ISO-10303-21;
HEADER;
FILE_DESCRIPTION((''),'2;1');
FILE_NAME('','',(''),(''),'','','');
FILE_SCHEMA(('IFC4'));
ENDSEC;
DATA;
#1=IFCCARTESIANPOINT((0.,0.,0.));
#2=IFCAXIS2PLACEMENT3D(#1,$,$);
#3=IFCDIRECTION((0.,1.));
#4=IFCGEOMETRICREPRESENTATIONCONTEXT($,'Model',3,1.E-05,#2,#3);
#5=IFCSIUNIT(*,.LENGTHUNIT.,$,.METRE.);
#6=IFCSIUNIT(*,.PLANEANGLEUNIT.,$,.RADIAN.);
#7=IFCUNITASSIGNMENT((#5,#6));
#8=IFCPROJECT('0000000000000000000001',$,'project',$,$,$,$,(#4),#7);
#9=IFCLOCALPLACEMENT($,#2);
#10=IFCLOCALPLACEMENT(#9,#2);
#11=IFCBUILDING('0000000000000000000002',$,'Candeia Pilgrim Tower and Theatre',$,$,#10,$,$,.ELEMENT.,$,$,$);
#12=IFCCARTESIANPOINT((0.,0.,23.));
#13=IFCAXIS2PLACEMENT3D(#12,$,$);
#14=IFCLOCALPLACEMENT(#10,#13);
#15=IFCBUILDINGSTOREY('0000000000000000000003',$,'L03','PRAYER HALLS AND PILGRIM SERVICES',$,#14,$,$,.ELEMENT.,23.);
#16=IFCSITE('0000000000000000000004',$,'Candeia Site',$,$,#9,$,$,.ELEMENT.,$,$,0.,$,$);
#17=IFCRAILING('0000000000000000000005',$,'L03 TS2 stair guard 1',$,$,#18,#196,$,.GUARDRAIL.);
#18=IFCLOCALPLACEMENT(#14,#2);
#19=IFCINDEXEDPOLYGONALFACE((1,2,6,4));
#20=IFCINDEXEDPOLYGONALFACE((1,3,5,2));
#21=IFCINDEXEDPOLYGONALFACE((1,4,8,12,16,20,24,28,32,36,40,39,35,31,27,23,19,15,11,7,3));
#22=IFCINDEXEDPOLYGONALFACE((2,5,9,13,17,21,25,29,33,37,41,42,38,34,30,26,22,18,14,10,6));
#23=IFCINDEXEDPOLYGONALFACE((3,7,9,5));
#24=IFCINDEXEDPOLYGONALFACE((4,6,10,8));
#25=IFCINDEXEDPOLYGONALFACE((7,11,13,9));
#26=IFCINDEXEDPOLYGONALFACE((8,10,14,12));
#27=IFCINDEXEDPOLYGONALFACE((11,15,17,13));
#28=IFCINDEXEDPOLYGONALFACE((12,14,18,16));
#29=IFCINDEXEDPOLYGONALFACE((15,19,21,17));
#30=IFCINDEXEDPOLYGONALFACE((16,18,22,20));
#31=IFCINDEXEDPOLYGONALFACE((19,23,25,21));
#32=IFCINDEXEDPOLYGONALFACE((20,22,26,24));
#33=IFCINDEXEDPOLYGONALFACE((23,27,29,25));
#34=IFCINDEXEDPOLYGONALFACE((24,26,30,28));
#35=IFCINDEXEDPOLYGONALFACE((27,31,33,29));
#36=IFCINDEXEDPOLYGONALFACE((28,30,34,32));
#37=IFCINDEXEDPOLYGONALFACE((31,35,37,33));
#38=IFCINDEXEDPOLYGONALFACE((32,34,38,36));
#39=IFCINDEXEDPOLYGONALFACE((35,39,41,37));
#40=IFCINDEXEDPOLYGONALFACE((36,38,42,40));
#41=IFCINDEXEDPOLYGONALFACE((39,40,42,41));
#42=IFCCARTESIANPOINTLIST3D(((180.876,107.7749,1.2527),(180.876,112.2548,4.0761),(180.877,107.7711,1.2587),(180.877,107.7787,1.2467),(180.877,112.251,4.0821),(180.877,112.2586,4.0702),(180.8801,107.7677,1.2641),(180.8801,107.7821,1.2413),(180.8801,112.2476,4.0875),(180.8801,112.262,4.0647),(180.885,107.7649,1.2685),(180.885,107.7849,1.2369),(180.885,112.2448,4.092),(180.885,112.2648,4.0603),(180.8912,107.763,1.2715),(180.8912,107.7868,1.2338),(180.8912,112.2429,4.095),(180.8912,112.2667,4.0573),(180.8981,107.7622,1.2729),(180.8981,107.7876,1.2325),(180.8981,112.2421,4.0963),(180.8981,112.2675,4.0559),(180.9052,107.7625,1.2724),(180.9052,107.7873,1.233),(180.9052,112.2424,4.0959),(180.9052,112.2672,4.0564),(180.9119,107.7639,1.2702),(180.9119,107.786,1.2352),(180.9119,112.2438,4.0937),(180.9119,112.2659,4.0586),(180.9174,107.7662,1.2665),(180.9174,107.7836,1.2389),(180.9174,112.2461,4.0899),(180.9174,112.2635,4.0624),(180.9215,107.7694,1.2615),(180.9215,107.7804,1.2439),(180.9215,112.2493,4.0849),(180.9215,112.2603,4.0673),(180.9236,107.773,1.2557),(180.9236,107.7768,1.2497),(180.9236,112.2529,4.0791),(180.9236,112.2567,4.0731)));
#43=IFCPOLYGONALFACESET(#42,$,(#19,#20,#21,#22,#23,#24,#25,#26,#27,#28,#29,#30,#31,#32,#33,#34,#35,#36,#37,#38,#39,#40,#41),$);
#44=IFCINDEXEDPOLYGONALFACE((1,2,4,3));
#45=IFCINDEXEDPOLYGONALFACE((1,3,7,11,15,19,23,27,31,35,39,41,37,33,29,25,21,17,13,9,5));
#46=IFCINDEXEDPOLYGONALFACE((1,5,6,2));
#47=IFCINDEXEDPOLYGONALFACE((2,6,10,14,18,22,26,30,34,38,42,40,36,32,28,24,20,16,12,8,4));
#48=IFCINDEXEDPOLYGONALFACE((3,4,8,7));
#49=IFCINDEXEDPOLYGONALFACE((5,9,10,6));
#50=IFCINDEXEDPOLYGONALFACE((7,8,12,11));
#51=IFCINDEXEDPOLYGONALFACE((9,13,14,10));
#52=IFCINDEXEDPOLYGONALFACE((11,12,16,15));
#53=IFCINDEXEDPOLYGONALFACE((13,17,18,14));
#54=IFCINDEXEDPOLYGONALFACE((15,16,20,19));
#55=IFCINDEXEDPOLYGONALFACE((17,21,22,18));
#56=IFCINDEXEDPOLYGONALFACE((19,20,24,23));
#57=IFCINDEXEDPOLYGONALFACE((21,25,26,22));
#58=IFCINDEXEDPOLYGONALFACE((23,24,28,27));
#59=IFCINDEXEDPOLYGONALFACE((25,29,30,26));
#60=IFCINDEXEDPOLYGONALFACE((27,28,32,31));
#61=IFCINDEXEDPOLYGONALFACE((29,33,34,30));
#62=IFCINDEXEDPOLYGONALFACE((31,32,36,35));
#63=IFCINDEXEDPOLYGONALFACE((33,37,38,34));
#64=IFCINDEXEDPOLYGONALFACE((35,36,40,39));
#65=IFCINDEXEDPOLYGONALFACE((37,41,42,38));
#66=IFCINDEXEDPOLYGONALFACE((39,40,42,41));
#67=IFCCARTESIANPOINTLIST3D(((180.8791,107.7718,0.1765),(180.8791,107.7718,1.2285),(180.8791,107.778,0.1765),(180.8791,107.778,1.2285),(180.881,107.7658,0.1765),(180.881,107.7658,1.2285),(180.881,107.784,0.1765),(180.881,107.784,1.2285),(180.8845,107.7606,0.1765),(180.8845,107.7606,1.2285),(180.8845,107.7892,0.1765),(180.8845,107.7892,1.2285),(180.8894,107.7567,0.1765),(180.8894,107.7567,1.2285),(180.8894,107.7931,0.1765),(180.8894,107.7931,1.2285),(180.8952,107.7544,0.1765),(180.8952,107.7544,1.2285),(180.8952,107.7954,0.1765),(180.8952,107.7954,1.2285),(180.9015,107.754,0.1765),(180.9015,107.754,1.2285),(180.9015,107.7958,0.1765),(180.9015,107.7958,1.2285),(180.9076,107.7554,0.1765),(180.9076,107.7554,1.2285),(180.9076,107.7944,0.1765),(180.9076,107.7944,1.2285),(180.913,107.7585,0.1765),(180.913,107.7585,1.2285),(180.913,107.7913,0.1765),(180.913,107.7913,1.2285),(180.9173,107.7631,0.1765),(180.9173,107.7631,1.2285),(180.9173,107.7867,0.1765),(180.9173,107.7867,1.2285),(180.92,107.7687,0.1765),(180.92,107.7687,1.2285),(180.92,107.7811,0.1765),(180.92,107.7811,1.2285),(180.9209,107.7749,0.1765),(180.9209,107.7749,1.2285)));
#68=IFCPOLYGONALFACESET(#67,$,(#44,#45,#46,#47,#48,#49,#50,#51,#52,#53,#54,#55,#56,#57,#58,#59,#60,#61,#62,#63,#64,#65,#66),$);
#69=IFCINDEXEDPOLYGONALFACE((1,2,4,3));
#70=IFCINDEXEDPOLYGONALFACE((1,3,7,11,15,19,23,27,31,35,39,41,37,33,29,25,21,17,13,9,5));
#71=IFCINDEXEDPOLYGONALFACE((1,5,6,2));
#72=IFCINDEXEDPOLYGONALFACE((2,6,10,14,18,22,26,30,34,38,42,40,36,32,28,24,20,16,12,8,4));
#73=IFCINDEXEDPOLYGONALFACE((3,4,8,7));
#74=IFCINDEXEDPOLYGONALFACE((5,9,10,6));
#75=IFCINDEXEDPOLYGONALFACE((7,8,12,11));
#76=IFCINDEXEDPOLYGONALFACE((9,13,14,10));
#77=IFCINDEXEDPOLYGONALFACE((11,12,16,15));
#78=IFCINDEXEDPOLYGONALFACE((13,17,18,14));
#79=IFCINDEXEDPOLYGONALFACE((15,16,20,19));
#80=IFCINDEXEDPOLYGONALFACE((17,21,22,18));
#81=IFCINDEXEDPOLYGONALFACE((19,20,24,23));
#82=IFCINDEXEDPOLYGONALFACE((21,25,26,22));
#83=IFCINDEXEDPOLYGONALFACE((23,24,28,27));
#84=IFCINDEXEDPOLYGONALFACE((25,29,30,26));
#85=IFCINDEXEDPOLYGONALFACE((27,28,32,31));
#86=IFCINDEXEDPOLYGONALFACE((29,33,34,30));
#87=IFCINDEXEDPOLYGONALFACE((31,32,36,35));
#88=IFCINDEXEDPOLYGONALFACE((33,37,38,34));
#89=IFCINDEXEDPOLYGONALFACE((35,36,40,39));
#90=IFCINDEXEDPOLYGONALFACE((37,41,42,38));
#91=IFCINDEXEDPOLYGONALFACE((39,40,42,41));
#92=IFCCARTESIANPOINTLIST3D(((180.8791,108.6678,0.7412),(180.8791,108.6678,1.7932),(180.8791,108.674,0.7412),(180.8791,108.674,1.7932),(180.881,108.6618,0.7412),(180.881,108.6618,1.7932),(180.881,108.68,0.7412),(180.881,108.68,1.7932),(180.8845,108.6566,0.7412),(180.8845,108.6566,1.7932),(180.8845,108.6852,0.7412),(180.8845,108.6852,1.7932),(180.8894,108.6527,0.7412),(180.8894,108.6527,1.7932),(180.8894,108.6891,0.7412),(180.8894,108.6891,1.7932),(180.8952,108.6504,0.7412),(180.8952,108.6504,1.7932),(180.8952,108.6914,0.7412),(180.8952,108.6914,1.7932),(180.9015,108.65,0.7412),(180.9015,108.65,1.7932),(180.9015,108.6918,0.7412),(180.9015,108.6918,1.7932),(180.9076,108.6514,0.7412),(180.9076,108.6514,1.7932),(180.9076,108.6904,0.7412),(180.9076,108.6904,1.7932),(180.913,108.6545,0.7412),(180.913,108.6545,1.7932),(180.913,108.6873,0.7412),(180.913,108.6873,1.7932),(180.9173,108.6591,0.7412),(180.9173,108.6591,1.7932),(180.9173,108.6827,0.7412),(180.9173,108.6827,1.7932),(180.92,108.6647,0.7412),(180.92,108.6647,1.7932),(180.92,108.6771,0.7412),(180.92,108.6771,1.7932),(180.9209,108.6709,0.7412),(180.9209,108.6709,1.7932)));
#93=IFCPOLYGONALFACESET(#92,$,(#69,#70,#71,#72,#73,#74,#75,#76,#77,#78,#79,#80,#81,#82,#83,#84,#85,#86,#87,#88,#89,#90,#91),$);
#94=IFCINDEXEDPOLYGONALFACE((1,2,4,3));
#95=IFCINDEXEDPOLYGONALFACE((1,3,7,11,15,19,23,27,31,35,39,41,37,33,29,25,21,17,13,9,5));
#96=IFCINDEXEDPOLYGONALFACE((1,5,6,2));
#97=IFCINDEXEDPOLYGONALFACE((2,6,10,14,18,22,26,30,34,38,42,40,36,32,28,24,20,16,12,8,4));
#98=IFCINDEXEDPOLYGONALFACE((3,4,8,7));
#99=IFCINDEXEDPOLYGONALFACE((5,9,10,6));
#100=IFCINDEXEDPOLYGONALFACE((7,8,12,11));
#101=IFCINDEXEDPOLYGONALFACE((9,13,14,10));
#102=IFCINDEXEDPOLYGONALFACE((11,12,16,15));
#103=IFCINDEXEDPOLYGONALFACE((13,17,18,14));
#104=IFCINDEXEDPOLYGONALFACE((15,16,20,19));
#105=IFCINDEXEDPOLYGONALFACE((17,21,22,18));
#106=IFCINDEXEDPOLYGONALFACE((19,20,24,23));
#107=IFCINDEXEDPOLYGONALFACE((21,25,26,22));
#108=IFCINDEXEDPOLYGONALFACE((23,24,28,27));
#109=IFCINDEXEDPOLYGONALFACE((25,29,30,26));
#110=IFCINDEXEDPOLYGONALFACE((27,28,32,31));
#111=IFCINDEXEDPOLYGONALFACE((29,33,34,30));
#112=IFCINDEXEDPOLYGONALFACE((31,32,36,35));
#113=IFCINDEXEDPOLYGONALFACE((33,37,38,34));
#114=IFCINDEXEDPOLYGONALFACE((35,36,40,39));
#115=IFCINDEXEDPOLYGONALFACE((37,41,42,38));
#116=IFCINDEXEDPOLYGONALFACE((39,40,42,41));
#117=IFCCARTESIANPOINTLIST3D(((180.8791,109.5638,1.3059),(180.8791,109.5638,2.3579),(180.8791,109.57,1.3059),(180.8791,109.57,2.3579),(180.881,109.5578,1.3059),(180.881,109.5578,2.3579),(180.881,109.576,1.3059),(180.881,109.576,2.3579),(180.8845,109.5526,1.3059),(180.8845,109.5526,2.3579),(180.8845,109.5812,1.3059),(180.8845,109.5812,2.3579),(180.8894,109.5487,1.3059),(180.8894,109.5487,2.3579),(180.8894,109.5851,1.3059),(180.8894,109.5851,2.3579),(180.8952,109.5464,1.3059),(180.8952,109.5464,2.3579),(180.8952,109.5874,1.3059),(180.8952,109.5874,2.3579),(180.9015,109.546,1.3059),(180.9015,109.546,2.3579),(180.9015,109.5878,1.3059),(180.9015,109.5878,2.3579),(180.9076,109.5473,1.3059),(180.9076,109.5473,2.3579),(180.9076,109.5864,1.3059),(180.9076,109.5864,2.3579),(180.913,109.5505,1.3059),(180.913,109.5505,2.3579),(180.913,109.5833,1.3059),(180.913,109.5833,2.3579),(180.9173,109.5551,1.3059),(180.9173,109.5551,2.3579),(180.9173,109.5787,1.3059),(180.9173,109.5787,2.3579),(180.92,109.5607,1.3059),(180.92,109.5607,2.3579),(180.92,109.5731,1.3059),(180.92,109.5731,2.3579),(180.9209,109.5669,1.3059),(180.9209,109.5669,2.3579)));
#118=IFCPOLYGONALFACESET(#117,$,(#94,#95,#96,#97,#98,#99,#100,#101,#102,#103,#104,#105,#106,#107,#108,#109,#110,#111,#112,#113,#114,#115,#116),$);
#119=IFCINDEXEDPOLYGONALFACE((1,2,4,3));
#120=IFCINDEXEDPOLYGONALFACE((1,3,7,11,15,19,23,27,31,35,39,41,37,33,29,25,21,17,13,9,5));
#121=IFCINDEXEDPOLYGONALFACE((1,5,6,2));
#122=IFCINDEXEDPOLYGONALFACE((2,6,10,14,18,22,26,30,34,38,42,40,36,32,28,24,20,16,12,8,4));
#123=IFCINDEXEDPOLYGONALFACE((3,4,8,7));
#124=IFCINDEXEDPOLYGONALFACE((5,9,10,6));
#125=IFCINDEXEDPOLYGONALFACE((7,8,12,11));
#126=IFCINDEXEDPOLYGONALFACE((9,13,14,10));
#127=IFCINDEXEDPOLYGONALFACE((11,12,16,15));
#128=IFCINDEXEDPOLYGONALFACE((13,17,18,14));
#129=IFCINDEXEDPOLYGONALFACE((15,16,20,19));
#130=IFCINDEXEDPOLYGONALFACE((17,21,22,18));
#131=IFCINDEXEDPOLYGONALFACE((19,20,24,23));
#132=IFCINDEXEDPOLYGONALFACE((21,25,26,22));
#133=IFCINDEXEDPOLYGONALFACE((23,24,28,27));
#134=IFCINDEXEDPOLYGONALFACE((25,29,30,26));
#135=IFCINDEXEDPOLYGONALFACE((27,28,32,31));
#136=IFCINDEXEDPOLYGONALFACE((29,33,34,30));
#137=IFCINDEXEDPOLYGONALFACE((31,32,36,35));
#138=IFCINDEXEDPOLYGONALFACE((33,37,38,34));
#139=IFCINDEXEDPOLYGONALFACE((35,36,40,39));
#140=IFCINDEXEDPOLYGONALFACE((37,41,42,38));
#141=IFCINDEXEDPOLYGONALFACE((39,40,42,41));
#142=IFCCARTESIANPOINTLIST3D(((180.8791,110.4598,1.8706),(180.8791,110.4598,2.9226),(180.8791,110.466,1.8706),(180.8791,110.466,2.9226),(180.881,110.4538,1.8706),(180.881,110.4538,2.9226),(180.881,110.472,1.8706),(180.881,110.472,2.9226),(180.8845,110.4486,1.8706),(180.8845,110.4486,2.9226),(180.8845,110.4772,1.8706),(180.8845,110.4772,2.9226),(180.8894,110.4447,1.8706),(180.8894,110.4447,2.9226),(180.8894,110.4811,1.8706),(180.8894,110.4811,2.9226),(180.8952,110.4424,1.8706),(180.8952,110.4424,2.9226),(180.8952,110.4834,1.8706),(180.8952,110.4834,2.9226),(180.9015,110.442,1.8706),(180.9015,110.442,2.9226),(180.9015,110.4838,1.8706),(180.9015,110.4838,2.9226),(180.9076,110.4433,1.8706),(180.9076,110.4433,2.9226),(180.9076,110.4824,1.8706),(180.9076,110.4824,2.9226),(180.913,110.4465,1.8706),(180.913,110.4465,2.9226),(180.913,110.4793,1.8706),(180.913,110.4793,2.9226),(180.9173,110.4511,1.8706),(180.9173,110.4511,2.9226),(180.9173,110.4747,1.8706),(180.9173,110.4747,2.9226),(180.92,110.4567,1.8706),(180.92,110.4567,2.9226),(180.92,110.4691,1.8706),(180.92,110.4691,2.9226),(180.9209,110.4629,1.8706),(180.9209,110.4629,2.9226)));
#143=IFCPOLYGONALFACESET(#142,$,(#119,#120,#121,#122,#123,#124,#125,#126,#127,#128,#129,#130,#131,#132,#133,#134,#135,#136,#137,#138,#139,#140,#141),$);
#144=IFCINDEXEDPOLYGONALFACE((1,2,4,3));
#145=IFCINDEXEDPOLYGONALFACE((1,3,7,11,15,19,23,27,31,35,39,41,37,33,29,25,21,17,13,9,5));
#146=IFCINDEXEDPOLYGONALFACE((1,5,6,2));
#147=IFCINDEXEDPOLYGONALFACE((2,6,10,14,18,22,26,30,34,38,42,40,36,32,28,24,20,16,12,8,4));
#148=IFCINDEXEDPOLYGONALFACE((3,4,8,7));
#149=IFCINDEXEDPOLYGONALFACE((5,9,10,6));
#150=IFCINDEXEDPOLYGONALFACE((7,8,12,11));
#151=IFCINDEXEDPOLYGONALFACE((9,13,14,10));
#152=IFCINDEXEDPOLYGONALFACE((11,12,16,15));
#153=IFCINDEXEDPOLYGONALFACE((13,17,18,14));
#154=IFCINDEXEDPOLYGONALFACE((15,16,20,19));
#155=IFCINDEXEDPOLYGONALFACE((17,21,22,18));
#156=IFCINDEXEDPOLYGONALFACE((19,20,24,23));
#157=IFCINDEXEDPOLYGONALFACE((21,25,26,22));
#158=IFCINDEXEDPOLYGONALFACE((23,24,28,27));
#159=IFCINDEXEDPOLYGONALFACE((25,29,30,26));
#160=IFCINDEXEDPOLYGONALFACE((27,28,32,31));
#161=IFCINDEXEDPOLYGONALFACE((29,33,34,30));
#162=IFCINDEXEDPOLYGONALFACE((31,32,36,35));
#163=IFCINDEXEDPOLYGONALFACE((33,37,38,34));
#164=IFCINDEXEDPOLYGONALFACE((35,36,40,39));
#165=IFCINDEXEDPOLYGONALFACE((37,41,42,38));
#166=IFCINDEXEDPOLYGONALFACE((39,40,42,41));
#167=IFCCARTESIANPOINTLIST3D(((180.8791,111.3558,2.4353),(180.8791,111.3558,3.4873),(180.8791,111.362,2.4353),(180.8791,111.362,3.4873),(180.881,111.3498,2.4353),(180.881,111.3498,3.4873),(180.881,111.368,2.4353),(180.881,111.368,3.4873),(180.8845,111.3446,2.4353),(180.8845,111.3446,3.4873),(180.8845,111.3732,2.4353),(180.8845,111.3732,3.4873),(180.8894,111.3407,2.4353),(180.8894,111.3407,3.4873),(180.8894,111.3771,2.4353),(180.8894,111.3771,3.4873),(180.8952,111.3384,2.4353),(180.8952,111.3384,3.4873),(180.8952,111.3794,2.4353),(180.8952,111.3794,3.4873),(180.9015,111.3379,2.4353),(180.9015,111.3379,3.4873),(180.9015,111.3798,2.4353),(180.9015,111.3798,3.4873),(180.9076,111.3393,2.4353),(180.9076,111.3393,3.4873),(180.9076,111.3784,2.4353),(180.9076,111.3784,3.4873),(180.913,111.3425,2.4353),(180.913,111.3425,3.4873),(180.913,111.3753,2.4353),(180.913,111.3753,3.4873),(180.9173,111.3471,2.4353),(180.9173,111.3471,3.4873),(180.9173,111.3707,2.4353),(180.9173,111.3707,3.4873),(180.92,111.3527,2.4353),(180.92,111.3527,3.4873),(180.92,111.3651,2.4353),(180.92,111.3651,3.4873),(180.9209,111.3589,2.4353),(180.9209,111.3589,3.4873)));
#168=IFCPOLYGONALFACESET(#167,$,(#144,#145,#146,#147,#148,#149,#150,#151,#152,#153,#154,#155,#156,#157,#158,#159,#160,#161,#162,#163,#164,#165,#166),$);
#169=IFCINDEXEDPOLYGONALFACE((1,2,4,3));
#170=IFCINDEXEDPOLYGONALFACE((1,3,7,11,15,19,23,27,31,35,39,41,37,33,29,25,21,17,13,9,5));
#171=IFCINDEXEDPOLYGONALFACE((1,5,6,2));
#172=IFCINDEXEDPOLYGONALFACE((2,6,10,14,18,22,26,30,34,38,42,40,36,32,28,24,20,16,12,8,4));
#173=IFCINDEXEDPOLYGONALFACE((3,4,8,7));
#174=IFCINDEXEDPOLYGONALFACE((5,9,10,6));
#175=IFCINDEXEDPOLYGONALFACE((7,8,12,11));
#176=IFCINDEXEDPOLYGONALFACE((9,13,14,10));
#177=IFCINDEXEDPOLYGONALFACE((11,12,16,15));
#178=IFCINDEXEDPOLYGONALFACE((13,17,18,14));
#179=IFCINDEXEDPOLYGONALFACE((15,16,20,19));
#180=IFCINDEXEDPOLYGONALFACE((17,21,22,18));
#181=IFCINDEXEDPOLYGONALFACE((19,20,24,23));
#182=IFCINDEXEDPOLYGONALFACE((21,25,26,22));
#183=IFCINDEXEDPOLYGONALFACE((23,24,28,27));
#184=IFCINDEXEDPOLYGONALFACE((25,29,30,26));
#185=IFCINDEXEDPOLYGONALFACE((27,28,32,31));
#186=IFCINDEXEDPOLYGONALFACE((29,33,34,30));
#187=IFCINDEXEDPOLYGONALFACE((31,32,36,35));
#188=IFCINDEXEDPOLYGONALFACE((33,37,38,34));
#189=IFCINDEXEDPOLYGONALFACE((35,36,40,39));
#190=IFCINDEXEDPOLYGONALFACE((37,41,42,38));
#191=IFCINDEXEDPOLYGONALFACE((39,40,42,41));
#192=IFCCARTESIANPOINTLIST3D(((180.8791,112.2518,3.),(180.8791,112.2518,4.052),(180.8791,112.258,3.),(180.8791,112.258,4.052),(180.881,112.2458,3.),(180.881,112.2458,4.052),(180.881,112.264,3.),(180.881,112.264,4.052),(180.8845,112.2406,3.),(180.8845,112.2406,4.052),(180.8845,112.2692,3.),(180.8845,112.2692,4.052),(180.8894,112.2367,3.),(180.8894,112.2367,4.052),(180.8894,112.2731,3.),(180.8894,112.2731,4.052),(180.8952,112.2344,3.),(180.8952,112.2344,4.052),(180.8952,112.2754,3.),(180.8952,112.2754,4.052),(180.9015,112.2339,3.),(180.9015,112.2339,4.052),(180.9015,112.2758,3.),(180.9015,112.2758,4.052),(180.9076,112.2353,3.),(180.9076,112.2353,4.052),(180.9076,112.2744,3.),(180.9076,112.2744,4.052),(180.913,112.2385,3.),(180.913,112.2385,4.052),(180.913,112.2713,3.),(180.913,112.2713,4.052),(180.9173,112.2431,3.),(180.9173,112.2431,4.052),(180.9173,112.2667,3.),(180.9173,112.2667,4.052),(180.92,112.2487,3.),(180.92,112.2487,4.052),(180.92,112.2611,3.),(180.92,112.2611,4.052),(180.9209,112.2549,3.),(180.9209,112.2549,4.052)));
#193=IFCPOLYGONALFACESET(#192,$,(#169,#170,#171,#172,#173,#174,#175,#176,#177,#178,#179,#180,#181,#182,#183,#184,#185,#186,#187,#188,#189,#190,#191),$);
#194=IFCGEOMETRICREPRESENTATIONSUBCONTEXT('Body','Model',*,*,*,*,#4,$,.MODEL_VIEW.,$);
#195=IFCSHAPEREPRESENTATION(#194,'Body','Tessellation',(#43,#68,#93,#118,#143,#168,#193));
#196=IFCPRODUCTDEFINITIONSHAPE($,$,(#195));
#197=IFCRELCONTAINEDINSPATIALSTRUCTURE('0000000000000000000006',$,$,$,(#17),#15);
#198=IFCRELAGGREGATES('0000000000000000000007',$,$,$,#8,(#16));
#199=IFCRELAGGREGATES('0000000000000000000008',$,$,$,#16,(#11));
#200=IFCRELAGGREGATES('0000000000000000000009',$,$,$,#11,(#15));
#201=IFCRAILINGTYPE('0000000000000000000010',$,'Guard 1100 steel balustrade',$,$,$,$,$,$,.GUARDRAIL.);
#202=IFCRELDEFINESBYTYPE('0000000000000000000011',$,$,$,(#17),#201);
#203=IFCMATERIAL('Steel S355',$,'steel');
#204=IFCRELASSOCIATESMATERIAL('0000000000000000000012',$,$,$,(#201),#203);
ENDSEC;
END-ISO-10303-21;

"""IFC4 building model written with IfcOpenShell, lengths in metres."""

from ifc_helpers import new_model, si_unit, direction, frame, origin, origin_2d, place, context, subcontext, project, spatial, circle, extrude, material, type_object, element, save


model = new_model("IFC4")

# Units and contexts
model_context = context("Model", 3, precision=1e-05, world=origin(), true_north=direction((0.0, 1.0)))
body_context = subcontext(model_context, "Body", "Model", "MODEL_VIEW")
ifc_project = project(units=[si_unit("LENGTHUNIT", "METRE"), si_unit("PLANEANGLEUNIT", "RADIAN")], contexts=[model_context])

# Site, building, storey
site_placement = place(None, origin())
site = spatial("IfcSite", under=ifc_project, at=site_placement, Name="Candeia Site", CompositionType="ELEMENT", RefElevation=0.0)
building_placement = place(site_placement, origin())
building = spatial("IfcBuilding", under=site, at=building_placement, Name="Candeia Pilgrim Tower and Theatre", CompositionType="ELEMENT")
storey_placement = place(building_placement, frame((0.0, 0.0, 23.0)))
storey = spatial("IfcBuildingStorey", under=building, at=storey_placement, Name="L03", Description="PRAYER HALLS AND PILGRIM SERVICES", CompositionType="ELEMENT", Elevation=23.0)

# Railing
ifc_material_1 = material(Name="Steel S355", Category="steel")
railing_type_1 = type_object("IfcRailingType", Name="Guard 1100 steel balustrade", PredefinedType="GUARDRAIL", material=ifc_material_1)
railing_1_placement = place(storey_placement, frame((180.8999, 107.7749, 0.1765)))
element("IfcRailing", 1, at=railing_1_placement, inside=storey, type_object=railing_type_1, Name="L03 TS2 stair guard 1", PredefinedType="GUARDRAIL", context=body_context, shape_type="SweptSolid", body=[
    extrude(circle(Radius=0.0239, at=origin_2d()), frame((0.0, 0.0, 1.0762), z_axis=(0.0, 0.845998, 0.533186), x_axis=(-1.0, 0.0, 0.0)), (0.0, 0.0, 1.0), 5.2954),
    extrude(circle(Radius=0.021, at=origin_2d()), origin(), (0.0, 0.0, 1.0), 1.052),
    extrude(circle(Radius=0.021, at=origin_2d()), frame((0.0, 0.896, 0.5647)), (0.0, 0.0, 1.0), 1.052),
    extrude(circle(Radius=0.021, at=origin_2d()), frame((0.0, 1.792, 1.1294)), (0.0, 0.0, 1.0), 1.052),
    extrude(circle(Radius=0.021, at=origin_2d()), frame((0.0, 2.688, 1.6941)), (0.0, 0.0, 1.0), 1.052),
    extrude(circle(Radius=0.021, at=origin_2d()), frame((0.0, 3.584, 2.2588)), (0.0, 0.0, 1.0), 1.052),
    extrude(circle(Radius=0.021, at=origin_2d()), frame((0.0, 4.48, 2.8235)), (0.0, 0.0, 1.0), 1.052),
])

save(model, "model.ifc")
